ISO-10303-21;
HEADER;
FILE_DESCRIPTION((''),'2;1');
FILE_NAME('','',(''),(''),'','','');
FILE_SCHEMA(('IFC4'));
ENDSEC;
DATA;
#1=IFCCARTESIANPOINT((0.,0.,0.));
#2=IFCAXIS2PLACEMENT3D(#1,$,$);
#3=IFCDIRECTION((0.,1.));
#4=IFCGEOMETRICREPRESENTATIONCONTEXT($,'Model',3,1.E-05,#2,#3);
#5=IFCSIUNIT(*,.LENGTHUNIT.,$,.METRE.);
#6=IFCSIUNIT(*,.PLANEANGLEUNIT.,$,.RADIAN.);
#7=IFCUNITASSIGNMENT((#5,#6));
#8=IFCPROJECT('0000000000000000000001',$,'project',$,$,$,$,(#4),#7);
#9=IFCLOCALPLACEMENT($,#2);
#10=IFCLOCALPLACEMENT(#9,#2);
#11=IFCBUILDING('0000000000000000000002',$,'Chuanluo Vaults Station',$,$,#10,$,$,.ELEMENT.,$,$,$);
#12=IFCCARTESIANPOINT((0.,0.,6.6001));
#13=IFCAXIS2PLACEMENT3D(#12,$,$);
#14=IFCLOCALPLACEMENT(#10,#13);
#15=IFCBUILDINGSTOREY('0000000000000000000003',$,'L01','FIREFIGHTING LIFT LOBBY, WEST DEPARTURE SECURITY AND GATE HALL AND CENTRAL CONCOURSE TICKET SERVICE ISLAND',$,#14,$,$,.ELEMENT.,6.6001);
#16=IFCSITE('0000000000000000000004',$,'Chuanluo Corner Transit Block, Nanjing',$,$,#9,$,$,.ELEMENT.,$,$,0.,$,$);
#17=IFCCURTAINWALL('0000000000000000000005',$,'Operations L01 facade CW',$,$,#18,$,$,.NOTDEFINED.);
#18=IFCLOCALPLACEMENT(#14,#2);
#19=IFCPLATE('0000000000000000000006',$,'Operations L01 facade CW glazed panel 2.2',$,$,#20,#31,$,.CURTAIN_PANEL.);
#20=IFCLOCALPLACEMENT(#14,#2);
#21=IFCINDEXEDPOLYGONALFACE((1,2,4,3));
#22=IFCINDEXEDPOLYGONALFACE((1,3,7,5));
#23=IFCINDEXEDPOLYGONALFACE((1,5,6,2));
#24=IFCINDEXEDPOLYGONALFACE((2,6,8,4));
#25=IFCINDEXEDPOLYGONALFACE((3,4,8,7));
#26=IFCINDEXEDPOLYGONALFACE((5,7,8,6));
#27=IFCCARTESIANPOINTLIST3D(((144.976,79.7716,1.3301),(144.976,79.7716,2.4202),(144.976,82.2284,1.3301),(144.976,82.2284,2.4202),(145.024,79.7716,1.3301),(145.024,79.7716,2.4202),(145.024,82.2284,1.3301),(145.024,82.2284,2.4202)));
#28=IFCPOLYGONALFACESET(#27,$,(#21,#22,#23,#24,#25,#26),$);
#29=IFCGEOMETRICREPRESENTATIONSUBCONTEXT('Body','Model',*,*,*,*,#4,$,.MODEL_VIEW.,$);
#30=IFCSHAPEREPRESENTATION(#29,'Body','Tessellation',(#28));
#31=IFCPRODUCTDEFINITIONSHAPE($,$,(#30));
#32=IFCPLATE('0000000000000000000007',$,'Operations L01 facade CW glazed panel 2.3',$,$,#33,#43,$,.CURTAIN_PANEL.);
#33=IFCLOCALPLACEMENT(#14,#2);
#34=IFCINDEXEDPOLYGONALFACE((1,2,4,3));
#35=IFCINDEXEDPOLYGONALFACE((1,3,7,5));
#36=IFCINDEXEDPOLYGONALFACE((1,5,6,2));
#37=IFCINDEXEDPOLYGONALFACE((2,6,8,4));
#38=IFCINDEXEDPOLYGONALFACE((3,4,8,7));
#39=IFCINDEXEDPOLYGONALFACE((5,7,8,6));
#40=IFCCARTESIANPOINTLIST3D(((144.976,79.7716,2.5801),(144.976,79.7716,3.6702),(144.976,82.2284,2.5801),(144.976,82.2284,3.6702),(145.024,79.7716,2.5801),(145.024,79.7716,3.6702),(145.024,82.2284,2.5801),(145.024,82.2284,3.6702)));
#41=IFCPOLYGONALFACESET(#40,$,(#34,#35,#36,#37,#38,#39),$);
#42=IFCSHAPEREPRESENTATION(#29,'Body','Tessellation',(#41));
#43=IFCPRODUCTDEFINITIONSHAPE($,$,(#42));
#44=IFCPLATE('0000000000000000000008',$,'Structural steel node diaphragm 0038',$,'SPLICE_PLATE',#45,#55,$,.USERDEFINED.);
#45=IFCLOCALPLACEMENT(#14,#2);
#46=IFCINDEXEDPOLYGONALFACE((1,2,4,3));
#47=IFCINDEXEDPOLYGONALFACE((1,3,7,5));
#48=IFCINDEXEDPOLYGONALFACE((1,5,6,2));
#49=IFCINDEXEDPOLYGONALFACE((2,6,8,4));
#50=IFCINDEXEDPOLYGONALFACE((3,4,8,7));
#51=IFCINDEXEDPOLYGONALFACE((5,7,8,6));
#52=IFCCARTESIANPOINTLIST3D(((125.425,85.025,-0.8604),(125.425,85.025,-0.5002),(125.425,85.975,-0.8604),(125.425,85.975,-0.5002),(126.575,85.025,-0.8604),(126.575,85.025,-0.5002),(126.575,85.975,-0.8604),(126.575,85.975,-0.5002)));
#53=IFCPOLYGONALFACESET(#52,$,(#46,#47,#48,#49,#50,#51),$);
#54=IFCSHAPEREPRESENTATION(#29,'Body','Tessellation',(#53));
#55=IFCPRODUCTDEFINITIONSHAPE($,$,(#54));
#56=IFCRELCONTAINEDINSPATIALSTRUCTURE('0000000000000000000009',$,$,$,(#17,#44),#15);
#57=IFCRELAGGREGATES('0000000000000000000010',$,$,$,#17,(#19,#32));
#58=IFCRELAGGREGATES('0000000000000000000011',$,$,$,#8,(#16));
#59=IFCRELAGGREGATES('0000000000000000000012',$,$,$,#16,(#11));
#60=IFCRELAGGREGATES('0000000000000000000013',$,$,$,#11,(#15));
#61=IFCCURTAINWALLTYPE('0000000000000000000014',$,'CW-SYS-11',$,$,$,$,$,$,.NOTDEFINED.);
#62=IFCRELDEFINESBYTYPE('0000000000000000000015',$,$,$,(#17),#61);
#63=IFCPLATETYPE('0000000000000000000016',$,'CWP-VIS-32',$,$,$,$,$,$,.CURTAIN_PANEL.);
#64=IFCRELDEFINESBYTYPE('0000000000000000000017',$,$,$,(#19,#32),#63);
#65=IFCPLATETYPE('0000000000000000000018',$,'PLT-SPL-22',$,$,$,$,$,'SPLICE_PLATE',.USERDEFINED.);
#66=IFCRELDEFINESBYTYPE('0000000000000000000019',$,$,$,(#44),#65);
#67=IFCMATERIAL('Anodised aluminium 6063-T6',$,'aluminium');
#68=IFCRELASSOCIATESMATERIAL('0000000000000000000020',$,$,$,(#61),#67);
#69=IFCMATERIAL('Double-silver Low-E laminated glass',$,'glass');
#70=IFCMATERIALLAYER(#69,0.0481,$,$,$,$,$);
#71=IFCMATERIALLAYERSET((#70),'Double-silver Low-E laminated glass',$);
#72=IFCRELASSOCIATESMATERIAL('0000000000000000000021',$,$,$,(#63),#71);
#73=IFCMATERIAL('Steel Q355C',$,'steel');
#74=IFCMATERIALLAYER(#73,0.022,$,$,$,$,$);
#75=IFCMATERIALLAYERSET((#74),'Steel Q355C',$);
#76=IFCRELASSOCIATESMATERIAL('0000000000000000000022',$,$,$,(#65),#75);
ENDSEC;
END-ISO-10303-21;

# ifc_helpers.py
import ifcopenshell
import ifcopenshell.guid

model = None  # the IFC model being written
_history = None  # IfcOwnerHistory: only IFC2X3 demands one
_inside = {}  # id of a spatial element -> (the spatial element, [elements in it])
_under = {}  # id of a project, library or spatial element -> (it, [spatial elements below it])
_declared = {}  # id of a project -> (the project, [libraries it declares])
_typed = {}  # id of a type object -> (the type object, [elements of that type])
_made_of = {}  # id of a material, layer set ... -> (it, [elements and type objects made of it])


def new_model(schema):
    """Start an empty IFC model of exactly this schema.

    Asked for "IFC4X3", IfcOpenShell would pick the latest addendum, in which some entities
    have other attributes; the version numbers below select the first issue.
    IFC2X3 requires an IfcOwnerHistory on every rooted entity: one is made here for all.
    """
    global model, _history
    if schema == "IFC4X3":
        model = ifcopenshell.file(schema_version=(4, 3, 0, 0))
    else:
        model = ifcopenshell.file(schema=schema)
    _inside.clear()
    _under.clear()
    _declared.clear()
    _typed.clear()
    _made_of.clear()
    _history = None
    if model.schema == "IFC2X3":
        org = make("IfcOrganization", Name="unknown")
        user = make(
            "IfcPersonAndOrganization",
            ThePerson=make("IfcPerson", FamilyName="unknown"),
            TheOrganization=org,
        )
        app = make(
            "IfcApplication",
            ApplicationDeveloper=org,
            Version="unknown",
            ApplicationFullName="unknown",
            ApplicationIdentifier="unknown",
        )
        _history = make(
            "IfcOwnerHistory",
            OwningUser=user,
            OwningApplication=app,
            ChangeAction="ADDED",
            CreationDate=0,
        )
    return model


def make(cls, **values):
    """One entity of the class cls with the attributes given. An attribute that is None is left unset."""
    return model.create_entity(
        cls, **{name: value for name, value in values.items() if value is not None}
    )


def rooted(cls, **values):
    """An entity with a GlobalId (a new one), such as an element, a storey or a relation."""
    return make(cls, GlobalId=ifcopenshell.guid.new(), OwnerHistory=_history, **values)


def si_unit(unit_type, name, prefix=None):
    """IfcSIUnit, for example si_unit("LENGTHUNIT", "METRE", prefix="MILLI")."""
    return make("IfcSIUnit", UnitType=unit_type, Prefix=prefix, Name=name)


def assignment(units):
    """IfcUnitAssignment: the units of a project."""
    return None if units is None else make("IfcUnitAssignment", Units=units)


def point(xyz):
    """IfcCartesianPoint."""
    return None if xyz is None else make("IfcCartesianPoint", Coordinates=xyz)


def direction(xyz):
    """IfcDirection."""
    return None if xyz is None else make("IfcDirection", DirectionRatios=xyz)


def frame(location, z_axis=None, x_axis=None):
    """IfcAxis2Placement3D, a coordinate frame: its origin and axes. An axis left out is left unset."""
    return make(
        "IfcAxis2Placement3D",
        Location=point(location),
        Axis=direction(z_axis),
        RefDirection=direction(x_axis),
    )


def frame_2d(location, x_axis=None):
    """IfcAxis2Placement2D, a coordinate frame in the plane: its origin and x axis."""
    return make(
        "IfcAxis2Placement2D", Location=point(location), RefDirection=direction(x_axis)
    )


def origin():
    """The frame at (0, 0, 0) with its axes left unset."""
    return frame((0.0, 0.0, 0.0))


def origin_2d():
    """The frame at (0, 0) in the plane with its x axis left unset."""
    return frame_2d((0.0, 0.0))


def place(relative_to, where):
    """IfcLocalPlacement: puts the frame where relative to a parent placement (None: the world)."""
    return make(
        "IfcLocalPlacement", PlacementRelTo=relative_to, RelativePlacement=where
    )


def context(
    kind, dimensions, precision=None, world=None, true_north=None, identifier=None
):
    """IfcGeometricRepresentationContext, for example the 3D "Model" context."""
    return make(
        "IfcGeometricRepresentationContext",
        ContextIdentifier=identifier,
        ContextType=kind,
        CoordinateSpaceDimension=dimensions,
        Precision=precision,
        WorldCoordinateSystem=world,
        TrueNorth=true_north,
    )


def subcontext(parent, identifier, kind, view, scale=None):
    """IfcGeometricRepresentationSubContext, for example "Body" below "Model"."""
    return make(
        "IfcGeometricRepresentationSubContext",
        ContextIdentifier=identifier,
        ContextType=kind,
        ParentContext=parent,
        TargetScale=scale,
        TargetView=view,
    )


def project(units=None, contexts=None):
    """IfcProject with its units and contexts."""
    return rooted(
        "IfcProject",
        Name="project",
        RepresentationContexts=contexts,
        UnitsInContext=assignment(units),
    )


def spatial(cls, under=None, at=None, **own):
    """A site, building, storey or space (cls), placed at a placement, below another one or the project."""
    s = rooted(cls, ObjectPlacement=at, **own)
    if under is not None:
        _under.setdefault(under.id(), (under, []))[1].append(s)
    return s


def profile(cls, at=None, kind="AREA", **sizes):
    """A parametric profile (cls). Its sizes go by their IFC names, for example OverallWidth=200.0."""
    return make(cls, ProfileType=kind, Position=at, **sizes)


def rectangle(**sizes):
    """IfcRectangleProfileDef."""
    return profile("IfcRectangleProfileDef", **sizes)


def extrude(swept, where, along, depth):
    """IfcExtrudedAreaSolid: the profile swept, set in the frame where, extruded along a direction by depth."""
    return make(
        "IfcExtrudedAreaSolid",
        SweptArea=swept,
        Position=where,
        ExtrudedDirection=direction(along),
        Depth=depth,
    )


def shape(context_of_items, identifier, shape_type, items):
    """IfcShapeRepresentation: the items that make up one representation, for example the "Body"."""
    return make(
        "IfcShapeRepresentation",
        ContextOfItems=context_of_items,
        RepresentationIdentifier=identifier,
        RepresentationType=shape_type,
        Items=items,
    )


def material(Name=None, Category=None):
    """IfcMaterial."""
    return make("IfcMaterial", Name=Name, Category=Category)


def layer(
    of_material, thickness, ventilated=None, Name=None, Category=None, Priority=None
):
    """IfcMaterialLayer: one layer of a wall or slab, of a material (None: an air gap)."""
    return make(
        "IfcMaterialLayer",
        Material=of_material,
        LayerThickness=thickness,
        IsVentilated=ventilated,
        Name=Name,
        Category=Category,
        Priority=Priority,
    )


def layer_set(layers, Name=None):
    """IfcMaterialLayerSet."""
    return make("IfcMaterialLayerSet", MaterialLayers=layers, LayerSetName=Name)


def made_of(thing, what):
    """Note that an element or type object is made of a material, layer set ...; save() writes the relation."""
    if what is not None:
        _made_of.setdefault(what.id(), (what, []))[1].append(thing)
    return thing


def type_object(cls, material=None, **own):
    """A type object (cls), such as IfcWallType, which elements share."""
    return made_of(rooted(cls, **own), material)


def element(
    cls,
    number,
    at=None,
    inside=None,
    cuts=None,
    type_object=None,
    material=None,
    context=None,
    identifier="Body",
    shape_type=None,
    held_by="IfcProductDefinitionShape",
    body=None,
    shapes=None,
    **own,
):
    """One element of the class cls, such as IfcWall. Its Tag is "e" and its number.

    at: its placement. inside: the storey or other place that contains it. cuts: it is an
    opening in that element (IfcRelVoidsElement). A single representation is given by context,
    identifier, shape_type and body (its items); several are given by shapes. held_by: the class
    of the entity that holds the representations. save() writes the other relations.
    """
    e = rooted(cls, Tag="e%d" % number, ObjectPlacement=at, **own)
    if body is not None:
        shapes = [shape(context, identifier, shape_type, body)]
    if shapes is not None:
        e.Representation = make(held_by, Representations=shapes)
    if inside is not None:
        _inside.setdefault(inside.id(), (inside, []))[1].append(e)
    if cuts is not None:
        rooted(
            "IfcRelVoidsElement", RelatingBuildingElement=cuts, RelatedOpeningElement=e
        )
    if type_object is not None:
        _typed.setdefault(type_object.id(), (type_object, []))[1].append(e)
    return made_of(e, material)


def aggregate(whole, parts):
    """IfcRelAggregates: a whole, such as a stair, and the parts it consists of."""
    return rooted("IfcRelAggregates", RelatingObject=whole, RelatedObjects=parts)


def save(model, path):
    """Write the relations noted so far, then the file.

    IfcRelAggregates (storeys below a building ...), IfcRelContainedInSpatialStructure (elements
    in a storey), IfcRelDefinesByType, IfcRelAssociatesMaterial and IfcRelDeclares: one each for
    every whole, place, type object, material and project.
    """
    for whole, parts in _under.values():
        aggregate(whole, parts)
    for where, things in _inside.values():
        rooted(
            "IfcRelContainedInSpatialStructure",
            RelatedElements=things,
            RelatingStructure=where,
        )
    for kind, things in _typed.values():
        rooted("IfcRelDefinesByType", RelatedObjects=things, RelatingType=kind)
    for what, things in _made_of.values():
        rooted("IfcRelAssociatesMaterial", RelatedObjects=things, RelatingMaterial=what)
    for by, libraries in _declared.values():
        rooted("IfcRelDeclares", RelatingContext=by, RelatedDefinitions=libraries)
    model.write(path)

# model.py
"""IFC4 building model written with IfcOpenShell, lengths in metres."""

from ifc_helpers import new_model, si_unit, direction, frame, origin, origin_2d, place, context, subcontext, project, spatial, rectangle, extrude, material, layer, layer_set, type_object, element, aggregate, save


model = new_model("IFC4")

# Units and contexts
model_context = context("Model", 3, precision=1e-05, world=origin(), true_north=direction((0.0, 1.0)))
body_context = subcontext(model_context, "Body", "Model", "MODEL_VIEW")
ifc_project = project(units=[si_unit("LENGTHUNIT", "METRE"), si_unit("PLANEANGLEUNIT", "RADIAN")], contexts=[model_context])

# Site, building, storey
site_placement = place(None, origin())
site = spatial("IfcSite", under=ifc_project, at=site_placement, Name="Chuanluo Corner Transit Block, Nanjing", CompositionType="ELEMENT", RefElevation=0.0)
building_placement = place(site_placement, origin())
building = spatial("IfcBuilding", under=site, at=building_placement, Name="Chuanluo Vaults Station", CompositionType="ELEMENT")
storey_placement = place(building_placement, frame((0.0, 0.0, 6.6001)))
storey = spatial("IfcBuildingStorey", under=building, at=storey_placement, Name="L01", Description="FIREFIGHTING LIFT LOBBY, WEST DEPARTURE SECURITY AND GATE HALL AND CENTRAL CONCOURSE TICKET SERVICE ISLAND", CompositionType="ELEMENT", Elevation=6.6001)

# Curtain wall
ifc_material_1 = material(Name="Anodised aluminium 6063-T6", Category="aluminium")
curtain_wall_type = type_object("IfcCurtainWallType", Name="CW-SYS-11", PredefinedType="NOTDEFINED", material=ifc_material_1)
curtain_wall_placement = place(storey_placement, origin())
curtain_wall = element("IfcCurtainWall", 1, at=curtain_wall_placement, inside=storey, type_object=curtain_wall_type, Name="Operations L01 facade CW", PredefinedType="NOTDEFINED")

# Plates
ifc_material_2 = material(Name="Double-silver Low-E laminated glass", Category="glass")
ifc_layer_1 = layer(ifc_material_2, 0.0481)
ifc_layer_set_1 = layer_set([ifc_layer_1], Name="Double-silver Low-E laminated glass")
plate_type_1 = type_object("IfcPlateType", Name="CWP-VIS-32", PredefinedType="CURTAIN_PANEL", material=ifc_layer_set_1)
plate_1_placement = place(storey_placement, frame((145.0, 81.0, 1.3301), z_axis=(0.0, 0.0, 1.0), x_axis=(0.0, 1.0, 0.0)))
plate_1 = element("IfcPlate", 2, at=plate_1_placement, type_object=plate_type_1, Name="Operations L01 facade CW glazed panel 2.2", PredefinedType="CURTAIN_PANEL", context=body_context, shape_type="SweptSolid", body=[
    extrude(rectangle(XDim=2.4568, YDim=0.0481, at=origin_2d()), origin(), (0.0, 0.0, 1.0), 1.0901),
])
plate_2_placement = place(storey_placement, frame((145.0, 81.0, 2.5801), z_axis=(0.0, 0.0, 1.0), x_axis=(0.0, 1.0, 0.0)))
plate_2 = element("IfcPlate", 3, at=plate_2_placement, type_object=plate_type_1, Name="Operations L01 facade CW glazed panel 2.3", PredefinedType="CURTAIN_PANEL", context=body_context, shape_type="SweptSolid", body=[
    extrude(rectangle(XDim=2.4568, YDim=0.0481, at=origin_2d()), origin(), (0.0, 0.0, 1.0), 1.0901),
])
aggregate(curtain_wall, [plate_1, plate_2])
ifc_material_3 = material(Name="Steel Q355C", Category="steel")
ifc_layer_2 = layer(ifc_material_3, 0.022)
ifc_layer_set_2 = layer_set([ifc_layer_2], Name="Steel Q355C")
plate_type_2 = type_object("IfcPlateType", Name="PLT-SPL-22", ElementType="SPLICE_PLATE", PredefinedType="USERDEFINED", material=ifc_layer_set_2)
plate_3_placement = place(storey_placement, frame((126.0, 85.5, -0.8604), z_axis=(0.0, 0.0, 1.0), x_axis=(1.0, 0.0, 0.0)))
element("IfcPlate", 4, at=plate_3_placement, inside=storey, type_object=plate_type_2, Name="Structural steel node diaphragm 0038", ObjectType="SPLICE_PLATE", PredefinedType="USERDEFINED", context=body_context, shape_type="SweptSolid", body=[
    extrude(rectangle(XDim=1.1499, YDim=0.95, at=origin_2d()), origin(), (0.0, 0.0, 1.0), 0.3601),
])

save(model, "model.ifc")
